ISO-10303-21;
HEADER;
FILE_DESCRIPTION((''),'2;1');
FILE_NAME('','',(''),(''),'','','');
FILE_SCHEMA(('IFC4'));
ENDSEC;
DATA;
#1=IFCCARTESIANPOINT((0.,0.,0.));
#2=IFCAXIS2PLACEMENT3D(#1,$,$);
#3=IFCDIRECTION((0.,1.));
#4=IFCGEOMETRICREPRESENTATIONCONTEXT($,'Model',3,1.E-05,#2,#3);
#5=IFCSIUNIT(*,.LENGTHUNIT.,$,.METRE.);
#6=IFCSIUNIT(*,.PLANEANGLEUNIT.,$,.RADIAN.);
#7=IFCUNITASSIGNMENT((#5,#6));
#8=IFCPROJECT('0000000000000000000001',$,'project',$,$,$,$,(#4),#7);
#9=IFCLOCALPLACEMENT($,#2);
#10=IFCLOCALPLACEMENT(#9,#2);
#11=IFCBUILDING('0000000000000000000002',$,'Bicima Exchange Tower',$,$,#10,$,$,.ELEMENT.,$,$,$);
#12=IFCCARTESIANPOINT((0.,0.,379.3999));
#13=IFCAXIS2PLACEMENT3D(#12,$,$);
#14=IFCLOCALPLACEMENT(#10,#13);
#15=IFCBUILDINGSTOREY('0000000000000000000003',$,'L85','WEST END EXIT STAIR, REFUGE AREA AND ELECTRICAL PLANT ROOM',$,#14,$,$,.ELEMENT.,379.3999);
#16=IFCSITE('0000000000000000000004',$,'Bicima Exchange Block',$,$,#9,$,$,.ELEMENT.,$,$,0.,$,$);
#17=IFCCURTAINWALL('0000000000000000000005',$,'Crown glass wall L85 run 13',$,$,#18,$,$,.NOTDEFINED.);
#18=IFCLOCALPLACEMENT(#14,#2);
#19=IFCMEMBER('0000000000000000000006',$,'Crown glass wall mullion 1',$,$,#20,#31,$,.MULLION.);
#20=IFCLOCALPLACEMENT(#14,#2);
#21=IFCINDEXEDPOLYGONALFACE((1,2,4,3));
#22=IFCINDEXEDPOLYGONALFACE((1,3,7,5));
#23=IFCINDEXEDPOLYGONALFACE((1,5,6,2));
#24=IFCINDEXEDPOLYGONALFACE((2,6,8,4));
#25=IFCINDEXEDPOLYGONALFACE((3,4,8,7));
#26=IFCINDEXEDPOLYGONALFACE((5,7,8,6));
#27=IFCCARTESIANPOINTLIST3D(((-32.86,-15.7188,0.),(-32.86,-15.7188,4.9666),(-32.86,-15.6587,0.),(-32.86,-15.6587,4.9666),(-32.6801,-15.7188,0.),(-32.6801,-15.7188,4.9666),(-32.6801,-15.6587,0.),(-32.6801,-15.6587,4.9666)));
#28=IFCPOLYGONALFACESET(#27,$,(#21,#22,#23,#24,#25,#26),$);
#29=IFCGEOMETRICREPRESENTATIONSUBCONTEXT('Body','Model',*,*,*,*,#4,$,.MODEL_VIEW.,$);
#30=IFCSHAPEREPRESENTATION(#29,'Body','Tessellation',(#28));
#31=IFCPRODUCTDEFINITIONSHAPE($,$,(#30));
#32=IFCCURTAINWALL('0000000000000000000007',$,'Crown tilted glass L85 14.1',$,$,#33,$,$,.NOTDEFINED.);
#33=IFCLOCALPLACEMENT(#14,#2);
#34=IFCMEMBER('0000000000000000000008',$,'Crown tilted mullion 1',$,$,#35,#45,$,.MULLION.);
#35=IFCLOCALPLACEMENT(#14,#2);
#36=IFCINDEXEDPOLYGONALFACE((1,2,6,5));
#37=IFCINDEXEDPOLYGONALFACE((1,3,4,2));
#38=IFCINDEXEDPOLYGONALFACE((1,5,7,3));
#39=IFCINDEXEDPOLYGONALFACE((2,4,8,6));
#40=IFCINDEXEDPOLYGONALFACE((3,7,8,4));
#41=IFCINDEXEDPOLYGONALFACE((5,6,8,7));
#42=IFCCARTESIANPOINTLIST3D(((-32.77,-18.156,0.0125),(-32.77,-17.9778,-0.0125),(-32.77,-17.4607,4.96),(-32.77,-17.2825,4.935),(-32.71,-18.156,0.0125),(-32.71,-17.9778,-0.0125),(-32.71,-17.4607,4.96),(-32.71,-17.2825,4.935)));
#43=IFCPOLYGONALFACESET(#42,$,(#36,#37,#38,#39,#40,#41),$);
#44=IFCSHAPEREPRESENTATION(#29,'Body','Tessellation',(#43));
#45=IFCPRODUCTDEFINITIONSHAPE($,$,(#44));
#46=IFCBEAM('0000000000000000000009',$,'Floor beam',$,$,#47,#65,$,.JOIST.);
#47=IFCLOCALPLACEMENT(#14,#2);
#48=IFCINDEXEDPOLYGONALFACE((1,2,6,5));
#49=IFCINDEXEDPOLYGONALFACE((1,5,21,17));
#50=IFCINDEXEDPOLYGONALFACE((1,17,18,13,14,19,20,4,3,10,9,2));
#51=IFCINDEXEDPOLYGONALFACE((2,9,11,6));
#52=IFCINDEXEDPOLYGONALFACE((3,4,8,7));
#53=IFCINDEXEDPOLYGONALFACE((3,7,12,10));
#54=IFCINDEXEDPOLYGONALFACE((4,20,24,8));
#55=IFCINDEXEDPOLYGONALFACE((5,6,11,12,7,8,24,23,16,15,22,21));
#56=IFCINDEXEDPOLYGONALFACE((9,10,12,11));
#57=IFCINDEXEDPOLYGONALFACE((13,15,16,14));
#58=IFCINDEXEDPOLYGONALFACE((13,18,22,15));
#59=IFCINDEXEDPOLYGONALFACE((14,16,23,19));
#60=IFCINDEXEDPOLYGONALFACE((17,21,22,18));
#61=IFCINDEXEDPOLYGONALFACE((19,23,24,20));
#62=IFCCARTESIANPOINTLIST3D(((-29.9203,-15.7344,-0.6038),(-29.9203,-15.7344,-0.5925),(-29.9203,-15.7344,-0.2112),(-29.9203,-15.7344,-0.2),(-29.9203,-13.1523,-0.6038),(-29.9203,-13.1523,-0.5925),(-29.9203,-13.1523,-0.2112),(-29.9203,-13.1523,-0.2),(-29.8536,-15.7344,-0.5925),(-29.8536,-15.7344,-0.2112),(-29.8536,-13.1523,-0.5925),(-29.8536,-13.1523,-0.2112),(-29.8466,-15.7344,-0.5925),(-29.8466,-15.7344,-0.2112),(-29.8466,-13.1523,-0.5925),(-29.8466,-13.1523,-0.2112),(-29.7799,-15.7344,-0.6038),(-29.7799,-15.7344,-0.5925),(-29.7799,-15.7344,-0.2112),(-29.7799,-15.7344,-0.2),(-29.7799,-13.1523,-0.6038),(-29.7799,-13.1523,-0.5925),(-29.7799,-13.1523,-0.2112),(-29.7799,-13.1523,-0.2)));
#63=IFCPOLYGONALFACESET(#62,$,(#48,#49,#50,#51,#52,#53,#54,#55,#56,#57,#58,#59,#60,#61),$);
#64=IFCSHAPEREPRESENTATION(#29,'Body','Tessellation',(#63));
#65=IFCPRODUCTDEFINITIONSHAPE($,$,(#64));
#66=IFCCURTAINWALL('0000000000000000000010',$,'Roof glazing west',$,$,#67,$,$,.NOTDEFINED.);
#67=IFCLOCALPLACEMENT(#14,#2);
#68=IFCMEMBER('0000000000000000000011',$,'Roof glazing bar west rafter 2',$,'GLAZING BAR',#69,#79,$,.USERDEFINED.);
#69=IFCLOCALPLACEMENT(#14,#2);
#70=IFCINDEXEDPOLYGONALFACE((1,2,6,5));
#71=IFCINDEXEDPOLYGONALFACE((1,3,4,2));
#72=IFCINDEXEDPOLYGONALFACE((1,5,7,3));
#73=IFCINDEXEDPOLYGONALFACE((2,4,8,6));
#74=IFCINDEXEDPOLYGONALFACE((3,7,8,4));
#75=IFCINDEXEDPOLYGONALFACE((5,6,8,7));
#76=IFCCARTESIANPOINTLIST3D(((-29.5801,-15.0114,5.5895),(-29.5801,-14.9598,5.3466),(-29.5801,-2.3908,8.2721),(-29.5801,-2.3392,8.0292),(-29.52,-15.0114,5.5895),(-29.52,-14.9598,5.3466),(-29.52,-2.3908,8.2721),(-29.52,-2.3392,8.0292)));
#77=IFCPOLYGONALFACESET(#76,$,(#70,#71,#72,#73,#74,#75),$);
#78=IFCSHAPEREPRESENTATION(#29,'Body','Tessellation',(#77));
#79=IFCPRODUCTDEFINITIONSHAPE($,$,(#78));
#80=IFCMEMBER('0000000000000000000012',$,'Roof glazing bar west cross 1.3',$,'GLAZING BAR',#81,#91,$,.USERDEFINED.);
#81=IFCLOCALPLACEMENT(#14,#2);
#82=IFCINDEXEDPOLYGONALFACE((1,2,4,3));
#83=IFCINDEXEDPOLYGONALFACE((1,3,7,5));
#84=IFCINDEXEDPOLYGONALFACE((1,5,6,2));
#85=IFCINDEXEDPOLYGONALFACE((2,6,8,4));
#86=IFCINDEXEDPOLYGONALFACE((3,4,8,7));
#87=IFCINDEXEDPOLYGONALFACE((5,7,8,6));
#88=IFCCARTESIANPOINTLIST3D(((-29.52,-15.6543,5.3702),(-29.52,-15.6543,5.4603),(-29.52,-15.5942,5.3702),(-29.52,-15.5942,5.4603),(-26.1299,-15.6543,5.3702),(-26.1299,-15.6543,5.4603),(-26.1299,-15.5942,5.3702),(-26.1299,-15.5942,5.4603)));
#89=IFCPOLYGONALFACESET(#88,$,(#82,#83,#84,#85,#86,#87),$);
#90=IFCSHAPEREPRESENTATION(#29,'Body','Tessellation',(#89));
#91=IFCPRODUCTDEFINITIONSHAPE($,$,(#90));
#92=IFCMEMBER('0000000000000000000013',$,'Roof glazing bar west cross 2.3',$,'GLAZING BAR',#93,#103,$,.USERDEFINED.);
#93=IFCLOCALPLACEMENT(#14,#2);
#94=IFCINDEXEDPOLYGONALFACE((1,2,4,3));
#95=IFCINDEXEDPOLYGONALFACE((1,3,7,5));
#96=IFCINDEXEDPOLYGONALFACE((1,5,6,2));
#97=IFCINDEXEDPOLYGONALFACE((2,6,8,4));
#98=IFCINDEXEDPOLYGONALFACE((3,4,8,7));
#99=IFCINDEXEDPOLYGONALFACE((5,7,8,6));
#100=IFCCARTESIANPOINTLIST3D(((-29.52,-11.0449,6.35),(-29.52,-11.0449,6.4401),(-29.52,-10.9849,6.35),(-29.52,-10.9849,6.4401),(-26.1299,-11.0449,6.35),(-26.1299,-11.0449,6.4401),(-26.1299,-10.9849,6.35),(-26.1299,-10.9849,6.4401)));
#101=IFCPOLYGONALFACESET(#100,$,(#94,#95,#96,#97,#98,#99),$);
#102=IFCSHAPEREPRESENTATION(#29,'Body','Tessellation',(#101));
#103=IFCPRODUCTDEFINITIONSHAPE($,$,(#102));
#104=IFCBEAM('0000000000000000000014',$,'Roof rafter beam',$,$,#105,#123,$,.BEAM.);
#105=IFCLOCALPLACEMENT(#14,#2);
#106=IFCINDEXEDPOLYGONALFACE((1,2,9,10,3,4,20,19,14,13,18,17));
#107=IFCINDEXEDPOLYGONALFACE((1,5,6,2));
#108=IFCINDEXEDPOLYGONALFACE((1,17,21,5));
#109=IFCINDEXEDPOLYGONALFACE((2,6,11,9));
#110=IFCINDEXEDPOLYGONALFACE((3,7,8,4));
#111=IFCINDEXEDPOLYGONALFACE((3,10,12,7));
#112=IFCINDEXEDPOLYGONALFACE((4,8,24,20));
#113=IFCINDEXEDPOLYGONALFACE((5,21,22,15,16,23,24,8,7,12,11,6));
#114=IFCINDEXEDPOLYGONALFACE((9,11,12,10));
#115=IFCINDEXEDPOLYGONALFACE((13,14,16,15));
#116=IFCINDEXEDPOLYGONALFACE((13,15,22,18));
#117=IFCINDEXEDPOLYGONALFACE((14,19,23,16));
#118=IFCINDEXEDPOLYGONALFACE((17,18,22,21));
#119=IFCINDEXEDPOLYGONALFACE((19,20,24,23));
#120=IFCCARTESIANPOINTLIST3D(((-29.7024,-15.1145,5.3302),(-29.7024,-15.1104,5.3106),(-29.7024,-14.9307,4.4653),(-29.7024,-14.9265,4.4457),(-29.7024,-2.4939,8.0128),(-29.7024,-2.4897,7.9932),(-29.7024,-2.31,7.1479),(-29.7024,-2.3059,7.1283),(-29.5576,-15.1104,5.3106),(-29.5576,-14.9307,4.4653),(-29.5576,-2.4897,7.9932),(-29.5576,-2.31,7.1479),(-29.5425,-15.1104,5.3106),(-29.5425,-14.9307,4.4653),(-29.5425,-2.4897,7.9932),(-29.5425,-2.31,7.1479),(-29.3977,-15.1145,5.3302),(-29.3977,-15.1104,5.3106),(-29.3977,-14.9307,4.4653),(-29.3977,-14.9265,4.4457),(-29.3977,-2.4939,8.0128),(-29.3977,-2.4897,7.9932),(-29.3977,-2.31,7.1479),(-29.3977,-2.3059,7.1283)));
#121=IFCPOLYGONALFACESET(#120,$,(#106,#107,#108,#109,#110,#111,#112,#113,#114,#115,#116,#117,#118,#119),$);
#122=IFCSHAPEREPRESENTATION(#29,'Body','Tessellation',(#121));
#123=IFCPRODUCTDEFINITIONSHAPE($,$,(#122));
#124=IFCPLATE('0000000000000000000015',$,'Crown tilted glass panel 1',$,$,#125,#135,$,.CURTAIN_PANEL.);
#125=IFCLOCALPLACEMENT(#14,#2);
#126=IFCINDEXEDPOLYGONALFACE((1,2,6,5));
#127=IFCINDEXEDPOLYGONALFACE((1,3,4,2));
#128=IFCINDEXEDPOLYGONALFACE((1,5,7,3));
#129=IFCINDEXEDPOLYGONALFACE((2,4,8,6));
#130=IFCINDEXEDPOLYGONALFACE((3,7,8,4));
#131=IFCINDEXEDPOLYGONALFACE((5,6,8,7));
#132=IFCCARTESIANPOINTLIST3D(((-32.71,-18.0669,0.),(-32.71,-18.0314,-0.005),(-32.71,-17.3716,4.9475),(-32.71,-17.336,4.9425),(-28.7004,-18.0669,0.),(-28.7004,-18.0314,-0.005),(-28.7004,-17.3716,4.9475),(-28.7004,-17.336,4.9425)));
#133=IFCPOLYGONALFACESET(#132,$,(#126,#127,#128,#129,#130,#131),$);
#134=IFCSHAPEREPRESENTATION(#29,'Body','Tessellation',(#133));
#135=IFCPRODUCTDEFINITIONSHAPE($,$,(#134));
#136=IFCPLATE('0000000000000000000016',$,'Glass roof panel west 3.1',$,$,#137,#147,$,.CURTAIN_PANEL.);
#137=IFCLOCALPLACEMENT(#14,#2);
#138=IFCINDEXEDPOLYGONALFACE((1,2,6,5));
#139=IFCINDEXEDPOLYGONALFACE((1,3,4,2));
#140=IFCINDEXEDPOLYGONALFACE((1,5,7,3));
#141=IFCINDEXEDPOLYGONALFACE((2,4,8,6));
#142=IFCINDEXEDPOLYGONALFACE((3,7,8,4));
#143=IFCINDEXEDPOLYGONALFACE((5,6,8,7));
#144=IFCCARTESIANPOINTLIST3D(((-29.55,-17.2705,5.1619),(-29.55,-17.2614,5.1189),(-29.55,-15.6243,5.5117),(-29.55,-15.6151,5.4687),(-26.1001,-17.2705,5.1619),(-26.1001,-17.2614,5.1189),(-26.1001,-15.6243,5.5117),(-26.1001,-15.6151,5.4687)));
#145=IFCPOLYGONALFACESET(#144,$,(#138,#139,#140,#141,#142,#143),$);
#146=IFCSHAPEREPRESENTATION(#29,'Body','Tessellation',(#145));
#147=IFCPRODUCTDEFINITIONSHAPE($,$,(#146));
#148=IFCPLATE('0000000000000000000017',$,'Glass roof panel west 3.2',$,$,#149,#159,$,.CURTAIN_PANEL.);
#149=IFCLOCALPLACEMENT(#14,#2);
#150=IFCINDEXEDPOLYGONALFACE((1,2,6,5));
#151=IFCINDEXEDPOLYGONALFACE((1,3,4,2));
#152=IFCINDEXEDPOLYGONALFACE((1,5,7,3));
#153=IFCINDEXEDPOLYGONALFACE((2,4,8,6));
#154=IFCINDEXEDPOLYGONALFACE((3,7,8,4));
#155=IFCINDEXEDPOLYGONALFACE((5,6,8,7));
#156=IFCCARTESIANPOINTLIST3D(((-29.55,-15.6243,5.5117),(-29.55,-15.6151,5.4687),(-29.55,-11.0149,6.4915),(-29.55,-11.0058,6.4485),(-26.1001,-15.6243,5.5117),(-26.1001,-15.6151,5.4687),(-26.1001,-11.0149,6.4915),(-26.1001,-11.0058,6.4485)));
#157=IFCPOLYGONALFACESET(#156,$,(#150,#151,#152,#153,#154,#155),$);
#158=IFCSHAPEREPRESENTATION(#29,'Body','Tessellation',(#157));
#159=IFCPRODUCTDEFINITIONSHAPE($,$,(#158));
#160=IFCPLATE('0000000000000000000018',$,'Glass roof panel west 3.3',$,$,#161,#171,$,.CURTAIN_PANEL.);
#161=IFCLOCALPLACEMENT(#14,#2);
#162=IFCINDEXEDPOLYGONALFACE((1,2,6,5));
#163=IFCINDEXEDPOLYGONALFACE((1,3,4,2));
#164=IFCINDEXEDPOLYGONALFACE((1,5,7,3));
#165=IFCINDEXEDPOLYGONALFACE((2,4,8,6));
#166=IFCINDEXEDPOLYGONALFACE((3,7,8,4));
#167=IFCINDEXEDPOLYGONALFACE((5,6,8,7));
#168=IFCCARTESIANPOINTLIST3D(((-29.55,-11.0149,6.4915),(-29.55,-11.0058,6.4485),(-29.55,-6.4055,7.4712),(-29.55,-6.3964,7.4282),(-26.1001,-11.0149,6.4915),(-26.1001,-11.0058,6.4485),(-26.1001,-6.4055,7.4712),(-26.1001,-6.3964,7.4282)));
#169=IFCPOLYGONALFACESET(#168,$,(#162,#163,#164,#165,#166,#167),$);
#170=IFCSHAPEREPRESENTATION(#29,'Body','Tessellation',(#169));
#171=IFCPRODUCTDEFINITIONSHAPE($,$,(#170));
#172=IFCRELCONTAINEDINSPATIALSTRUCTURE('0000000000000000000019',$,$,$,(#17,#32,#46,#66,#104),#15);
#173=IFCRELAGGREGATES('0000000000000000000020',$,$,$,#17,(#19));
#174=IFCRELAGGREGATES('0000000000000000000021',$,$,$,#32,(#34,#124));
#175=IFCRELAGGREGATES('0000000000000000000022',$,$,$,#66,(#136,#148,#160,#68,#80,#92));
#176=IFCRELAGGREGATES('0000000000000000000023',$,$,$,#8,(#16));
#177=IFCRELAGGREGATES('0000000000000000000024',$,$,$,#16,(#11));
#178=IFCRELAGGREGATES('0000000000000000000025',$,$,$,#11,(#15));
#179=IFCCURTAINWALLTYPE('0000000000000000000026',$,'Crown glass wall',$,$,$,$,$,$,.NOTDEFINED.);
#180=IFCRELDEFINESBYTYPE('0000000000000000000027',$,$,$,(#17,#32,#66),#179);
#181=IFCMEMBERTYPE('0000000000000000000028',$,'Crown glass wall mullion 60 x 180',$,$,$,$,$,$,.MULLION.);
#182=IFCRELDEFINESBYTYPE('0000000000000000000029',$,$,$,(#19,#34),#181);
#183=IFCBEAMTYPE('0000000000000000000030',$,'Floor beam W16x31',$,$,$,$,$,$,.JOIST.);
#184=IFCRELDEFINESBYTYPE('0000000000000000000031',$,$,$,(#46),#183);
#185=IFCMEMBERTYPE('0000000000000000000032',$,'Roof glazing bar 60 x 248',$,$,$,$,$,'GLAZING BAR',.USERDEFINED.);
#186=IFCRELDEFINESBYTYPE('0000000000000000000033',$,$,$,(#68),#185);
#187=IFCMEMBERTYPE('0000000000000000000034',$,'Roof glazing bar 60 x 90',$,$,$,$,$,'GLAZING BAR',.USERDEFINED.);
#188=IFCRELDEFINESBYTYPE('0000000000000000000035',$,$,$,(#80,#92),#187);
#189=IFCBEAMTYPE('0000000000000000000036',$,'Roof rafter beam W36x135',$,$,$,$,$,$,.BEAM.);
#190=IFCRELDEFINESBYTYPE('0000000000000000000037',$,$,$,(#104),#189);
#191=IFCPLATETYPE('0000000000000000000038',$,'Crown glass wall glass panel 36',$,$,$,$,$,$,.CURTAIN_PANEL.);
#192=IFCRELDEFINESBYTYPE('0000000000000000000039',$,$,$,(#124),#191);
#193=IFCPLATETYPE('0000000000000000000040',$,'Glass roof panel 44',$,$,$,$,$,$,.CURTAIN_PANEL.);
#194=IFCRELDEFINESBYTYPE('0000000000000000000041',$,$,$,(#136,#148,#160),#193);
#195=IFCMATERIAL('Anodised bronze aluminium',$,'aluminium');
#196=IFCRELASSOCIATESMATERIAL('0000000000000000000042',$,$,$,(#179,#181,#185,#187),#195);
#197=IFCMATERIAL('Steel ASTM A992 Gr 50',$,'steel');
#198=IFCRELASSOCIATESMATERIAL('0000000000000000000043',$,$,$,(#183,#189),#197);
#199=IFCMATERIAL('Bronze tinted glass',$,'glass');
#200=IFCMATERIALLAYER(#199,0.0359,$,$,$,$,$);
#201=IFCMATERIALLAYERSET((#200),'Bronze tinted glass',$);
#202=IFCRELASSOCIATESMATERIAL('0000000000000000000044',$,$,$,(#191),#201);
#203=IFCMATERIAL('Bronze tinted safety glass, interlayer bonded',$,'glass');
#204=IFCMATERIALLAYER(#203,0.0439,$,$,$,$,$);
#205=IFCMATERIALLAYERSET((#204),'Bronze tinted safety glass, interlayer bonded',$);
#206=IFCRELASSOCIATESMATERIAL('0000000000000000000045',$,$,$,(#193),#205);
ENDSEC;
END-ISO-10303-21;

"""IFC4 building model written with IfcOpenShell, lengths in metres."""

from ifc_helpers import new_model, si_unit, direction, frame, origin, origin_2d, place, context, subcontext, project, spatial, polyline, rectangle, i_section, outline, extrude, material, layer, layer_set, material_profile, profile_set, type_object, element, aggregate, save


model = new_model("IFC4")

# Units and contexts
model_context = context("Model", 3, precision=1e-05, world=origin(), true_north=direction((0.0, 1.0)))
body_context = subcontext(model_context, "Body", "Model", "MODEL_VIEW")
ifc_project = project(units=[si_unit("LENGTHUNIT", "METRE"), si_unit("PLANEANGLEUNIT", "RADIAN")], contexts=[model_context])

# Site, building, storey
site_placement = place(None, origin())
site = spatial("IfcSite", under=ifc_project, at=site_placement, Name="Bicima Exchange Block", CompositionType="ELEMENT", RefElevation=0.0)
building_placement = place(site_placement, origin())
building = spatial("IfcBuilding", under=site, at=building_placement, Name="Bicima Exchange Tower", CompositionType="ELEMENT")
storey_placement = place(building_placement, frame((0.0, 0.0, 379.3999)))
storey = spatial("IfcBuildingStorey", under=building, at=storey_placement, Name="L85", Description="WEST END EXIT STAIR, REFUGE AREA AND ELECTRICAL PLANT ROOM", CompositionType="ELEMENT", Elevation=379.3999)

# Curtain walls, members
ifc_material_1 = material(Name="Anodised bronze aluminium", Category="aluminium")
curtain_wall_type = type_object("IfcCurtainWallType", Name="Crown glass wall", PredefinedType="NOTDEFINED", material=ifc_material_1)
curtain_wall_1_placement = place(storey_placement, origin())
curtain_wall_1 = element("IfcCurtainWall", 1, at=curtain_wall_1_placement, inside=storey, type_object=curtain_wall_type, Name="Crown glass wall L85 run 13", PredefinedType="NOTDEFINED")
ifc_material_profile_1 = material_profile(ifc_material_1, rectangle(XDim=0.1799, YDim=0.0601, at=origin_2d()))
ifc_profile_set_1 = profile_set([ifc_material_profile_1], Name="Anodised bronze aluminium")
member_type_1 = type_object("IfcMemberType", Name="Crown glass wall mullion 60 x 180", PredefinedType="MULLION", material=ifc_profile_set_1)
member_1_placement = place(storey_placement, frame((-32.77, -15.6887, 0.0), z_axis=(0.0, 0.0, 1.0), x_axis=(1.0, 0.0, 0.0)))
member_1 = element("IfcMember", 2, at=member_1_placement, type_object=member_type_1, Name="Crown glass wall mullion 1", PredefinedType="MULLION", context=body_context, shape_type="SweptSolid", body=[
    extrude(rectangle(XDim=0.1799, YDim=0.0601, at=origin_2d()), origin(), (0.0, 0.0, 1.0), 4.9666),
])
aggregate(curtain_wall_1, [member_1])
curtain_wall_2_placement = place(storey_placement, origin())
curtain_wall_2 = element("IfcCurtainWall", 3, at=curtain_wall_2_placement, inside=storey, type_object=curtain_wall_type, Name="Crown tilted glass L85 14.1", PredefinedType="NOTDEFINED")
member_2_placement = place(storey_placement, frame((-32.74, -18.0669, 0.0), z_axis=(0.0, 0.13917, 0.990268), x_axis=(0.0, -0.990268, 0.13917)))
member_2 = element("IfcMember", 4, at=member_2_placement, type_object=member_type_1, Name="Crown tilted mullion 1", PredefinedType="MULLION", context=body_context, shape_type="SweptSolid", body=[
    extrude(rectangle(XDim=0.1799, YDim=0.0601, at=origin_2d()), origin(), (0.0, 0.0, 1.0), 4.9961),
])

# Beam
ifc_material_2 = material(Name="Steel ASTM A992 Gr 50", Category="steel")
ifc_material_profile_2 = material_profile(ifc_material_2, i_section(OverallWidth=0.1404, OverallDepth=0.4038, WebThickness=0.0071, FlangeThickness=0.0112, at=origin_2d()))
ifc_profile_set_2 = profile_set([ifc_material_profile_2], Name="Steel ASTM A992 Gr 50")
beam_type_1 = type_object("IfcBeamType", Name="Floor beam W16x31", PredefinedType="JOIST", material=ifc_profile_set_2)
beam_1_placement = place(storey_placement, frame((-29.8501, -13.1523, -0.4019), z_axis=(0.0, -1.0, 0.0), x_axis=(1.0, 0.0, 0.0)))
element("IfcBeam", 5, at=beam_1_placement, inside=storey, type_object=beam_type_1, Name="Floor beam", PredefinedType="JOIST", context=body_context, shape_type="SweptSolid", body=[
    extrude(i_section(OverallWidth=0.1404, OverallDepth=0.4038, WebThickness=0.0071, FlangeThickness=0.0112, at=origin_2d()), origin(), (0.0, 0.0, 1.0), 2.582),
])

# Curtain wall, members
curtain_wall_3_placement = place(storey_placement, origin())
curtain_wall_3 = element("IfcCurtainWall", 6, at=curtain_wall_3_placement, inside=storey, type_object=curtain_wall_type, Name="Roof glazing west", PredefinedType="NOTDEFINED")
ifc_material_profile_3 = material_profile(ifc_material_1, rectangle(XDim=0.0601, YDim=0.2483, at=origin_2d()))
ifc_profile_set_3 = profile_set([ifc_material_profile_3], Name="Anodised bronze aluminium")
member_type_2 = type_object("IfcMemberType", Name="Roof glazing bar 60 x 248", ElementType="GLAZING BAR", PredefinedType="USERDEFINED", material=ifc_profile_set_3)
member_3_placement = place(storey_placement, frame((-29.55, -14.9856, 5.468), z_axis=(0.0, 0.978147, 0.207914), x_axis=(-1.0, 0.0, 0.0)))
member_3 = element("IfcMember", 7, at=member_3_placement, type_object=member_type_2, Name="Roof glazing bar west rafter 2", ObjectType="GLAZING BAR", PredefinedType="USERDEFINED", context=body_context, shape_type="SweptSolid", body=[
    extrude(rectangle(XDim=0.0601, YDim=0.2483, at=origin_2d()), origin(), (0.0, 0.0, 1.0), 12.9026),
])
ifc_material_profile_4 = material_profile(ifc_material_1, rectangle(XDim=0.0601, YDim=0.0901, at=origin_2d()))
ifc_profile_set_4 = profile_set([ifc_material_profile_4], Name="Anodised bronze aluminium")
member_type_3 = type_object("IfcMemberType", Name="Roof glazing bar 60 x 90", ElementType="GLAZING BAR", PredefinedType="USERDEFINED", material=ifc_profile_set_4)
member_4_placement = place(storey_placement, frame((-29.52, -15.6243, 5.4153), z_axis=(1.0, 0.0, 0.0), x_axis=(0.0, 1.0, 0.0)))
member_4 = element("IfcMember", 8, at=member_4_placement, type_object=member_type_3, Name="Roof glazing bar west cross 1.3", ObjectType="GLAZING BAR", PredefinedType="USERDEFINED", context=body_context, shape_type="SweptSolid", body=[
    extrude(rectangle(XDim=0.0601, YDim=0.0901, at=origin_2d()), origin(), (0.0, 0.0, 1.0), 3.3901),
])
member_5_placement = place(storey_placement, frame((-29.52, -11.0149, 6.395), z_axis=(1.0, 0.0, 0.0), x_axis=(0.0, 1.0, 0.0)))
member_5 = element("IfcMember", 9, at=member_5_placement, type_object=member_type_3, Name="Roof glazing bar west cross 2.3", ObjectType="GLAZING BAR", PredefinedType="USERDEFINED", context=body_context, shape_type="SweptSolid", body=[
    extrude(rectangle(XDim=0.0601, YDim=0.0901, at=origin_2d()), origin(), (0.0, 0.0, 1.0), 3.3901),
])

# Beam
ifc_material_profile_5 = material_profile(ifc_material_2, i_section(OverallWidth=0.3047, OverallDepth=0.9043, WebThickness=0.0151, FlangeThickness=0.02, at=origin_2d()))
ifc_profile_set_5 = profile_set([ifc_material_profile_5], Name="Steel ASTM A992 Gr 50")
beam_type_2 = type_object("IfcBeamType", Name="Roof rafter beam W36x135", PredefinedType="BEAM", material=ifc_profile_set_5)
beam_2_placement = place(storey_placement, frame((-29.55, -15.0205, 4.8879), z_axis=(0.0, 0.978147, 0.207914), x_axis=(-1.0, 0.0, 0.0)))
element("IfcBeam", 10, at=beam_2_placement, inside=storey, type_object=beam_type_2, Name="Roof rafter beam", PredefinedType="BEAM", context=body_context, shape_type="SweptSolid", body=[
    extrude(i_section(OverallWidth=0.3047, OverallDepth=0.9043, WebThickness=0.0151, FlangeThickness=0.02, at=origin_2d()), origin(), (0.0, 0.0, 1.0), 12.9026),
])

# Plates
ifc_material_3 = material(Name="Bronze tinted glass", Category="glass")
ifc_layer_1 = layer(ifc_material_3, 0.0359)
ifc_layer_set_1 = layer_set([ifc_layer_1], Name="Bronze tinted glass")
plate_type_1 = type_object("IfcPlateType", Name="Crown glass wall glass panel 36", PredefinedType="CURTAIN_PANEL", material=ifc_layer_set_1)
plate_1_placement = place(storey_placement, frame((-32.71, -18.0669, 0.0), z_axis=(0.0, -0.990268, 0.13917), x_axis=(1.0, 0.0, 0.0)))
plate_1 = element("IfcPlate", 11, at=plate_1_placement, type_object=plate_type_1, Name="Crown tilted glass panel 1", PredefinedType="CURTAIN_PANEL", context=body_context, shape_type="SweptSolid", body=[
    extrude(outline(polyline([(0.0, 0.0), (4.0095, 0.0), (4.0095, 4.9961), (0.0, 4.9961), (0.0, 0.0)])), origin(), (0.0, 0.0, -1.0), 0.0359),
])
aggregate(curtain_wall_2, [member_2, plate_1])
ifc_material_4 = material(Name="Bronze tinted safety glass, interlayer bonded", Category="glass")
ifc_layer_2 = layer(ifc_material_4, 0.0439)
ifc_layer_set_2 = layer_set([ifc_layer_2], Name="Bronze tinted safety glass, interlayer bonded")
plate_type_2 = type_object("IfcPlateType", Name="Glass roof panel 44", PredefinedType="CURTAIN_PANEL", material=ifc_layer_set_2)
plate_2_placement = place(storey_placement, frame((-29.55, -17.2705, 5.1619), z_axis=(0.0, -0.207874, 0.978156), x_axis=(0.0, 0.978156, 0.207874)))
plate_2 = element("IfcPlate", 12, at=plate_2_placement, type_object=plate_type_2, Name="Glass roof panel west 3.1", PredefinedType="CURTAIN_PANEL", context=body_context, shape_type="SweptSolid", body=[
    extrude(outline(polyline([(0.0, 0.0), (1.683, 0.0), (1.683, -3.45), (0.0, -3.45), (0.0, 0.0)])), origin(), (0.0, 0.0, -1.0), 0.0439),
])
plate_3_placement = place(storey_placement, frame((-29.55, -15.6243, 5.5117), z_axis=(0.0, -0.207908, 0.978148), x_axis=(0.0, 0.978148, 0.207908)))
plate_3 = element("IfcPlate", 13, at=plate_3_placement, type_object=plate_type_2, Name="Glass roof panel west 3.2", PredefinedType="CURTAIN_PANEL", context=body_context, shape_type="SweptSolid", body=[
    extrude(outline(polyline([(0.0, 0.0), (4.7123, 0.0), (4.7123, -3.45), (0.0, -3.45), (0.0, 0.0)])), origin(), (0.0, 0.0, -1.0), 0.0439),
])
plate_4_placement = place(storey_placement, frame((-29.55, -11.0149, 6.4915), z_axis=(0.0, -0.207908, 0.978148), x_axis=(0.0, 0.978148, 0.207908)))
plate_4 = element("IfcPlate", 14, at=plate_4_placement, type_object=plate_type_2, Name="Glass roof panel west 3.3", PredefinedType="CURTAIN_PANEL", context=body_context, shape_type="SweptSolid", body=[
    extrude(outline(polyline([(0.0, 0.0), (4.7123, 0.0), (4.7123, -3.45), (0.0, -3.45), (0.0, 0.0)])), origin(), (0.0, 0.0, -1.0), 0.0439),
])
aggregate(curtain_wall_3, [plate_2, plate_3, plate_4, member_3, member_4, member_5])

save(model, "model.ifc")
